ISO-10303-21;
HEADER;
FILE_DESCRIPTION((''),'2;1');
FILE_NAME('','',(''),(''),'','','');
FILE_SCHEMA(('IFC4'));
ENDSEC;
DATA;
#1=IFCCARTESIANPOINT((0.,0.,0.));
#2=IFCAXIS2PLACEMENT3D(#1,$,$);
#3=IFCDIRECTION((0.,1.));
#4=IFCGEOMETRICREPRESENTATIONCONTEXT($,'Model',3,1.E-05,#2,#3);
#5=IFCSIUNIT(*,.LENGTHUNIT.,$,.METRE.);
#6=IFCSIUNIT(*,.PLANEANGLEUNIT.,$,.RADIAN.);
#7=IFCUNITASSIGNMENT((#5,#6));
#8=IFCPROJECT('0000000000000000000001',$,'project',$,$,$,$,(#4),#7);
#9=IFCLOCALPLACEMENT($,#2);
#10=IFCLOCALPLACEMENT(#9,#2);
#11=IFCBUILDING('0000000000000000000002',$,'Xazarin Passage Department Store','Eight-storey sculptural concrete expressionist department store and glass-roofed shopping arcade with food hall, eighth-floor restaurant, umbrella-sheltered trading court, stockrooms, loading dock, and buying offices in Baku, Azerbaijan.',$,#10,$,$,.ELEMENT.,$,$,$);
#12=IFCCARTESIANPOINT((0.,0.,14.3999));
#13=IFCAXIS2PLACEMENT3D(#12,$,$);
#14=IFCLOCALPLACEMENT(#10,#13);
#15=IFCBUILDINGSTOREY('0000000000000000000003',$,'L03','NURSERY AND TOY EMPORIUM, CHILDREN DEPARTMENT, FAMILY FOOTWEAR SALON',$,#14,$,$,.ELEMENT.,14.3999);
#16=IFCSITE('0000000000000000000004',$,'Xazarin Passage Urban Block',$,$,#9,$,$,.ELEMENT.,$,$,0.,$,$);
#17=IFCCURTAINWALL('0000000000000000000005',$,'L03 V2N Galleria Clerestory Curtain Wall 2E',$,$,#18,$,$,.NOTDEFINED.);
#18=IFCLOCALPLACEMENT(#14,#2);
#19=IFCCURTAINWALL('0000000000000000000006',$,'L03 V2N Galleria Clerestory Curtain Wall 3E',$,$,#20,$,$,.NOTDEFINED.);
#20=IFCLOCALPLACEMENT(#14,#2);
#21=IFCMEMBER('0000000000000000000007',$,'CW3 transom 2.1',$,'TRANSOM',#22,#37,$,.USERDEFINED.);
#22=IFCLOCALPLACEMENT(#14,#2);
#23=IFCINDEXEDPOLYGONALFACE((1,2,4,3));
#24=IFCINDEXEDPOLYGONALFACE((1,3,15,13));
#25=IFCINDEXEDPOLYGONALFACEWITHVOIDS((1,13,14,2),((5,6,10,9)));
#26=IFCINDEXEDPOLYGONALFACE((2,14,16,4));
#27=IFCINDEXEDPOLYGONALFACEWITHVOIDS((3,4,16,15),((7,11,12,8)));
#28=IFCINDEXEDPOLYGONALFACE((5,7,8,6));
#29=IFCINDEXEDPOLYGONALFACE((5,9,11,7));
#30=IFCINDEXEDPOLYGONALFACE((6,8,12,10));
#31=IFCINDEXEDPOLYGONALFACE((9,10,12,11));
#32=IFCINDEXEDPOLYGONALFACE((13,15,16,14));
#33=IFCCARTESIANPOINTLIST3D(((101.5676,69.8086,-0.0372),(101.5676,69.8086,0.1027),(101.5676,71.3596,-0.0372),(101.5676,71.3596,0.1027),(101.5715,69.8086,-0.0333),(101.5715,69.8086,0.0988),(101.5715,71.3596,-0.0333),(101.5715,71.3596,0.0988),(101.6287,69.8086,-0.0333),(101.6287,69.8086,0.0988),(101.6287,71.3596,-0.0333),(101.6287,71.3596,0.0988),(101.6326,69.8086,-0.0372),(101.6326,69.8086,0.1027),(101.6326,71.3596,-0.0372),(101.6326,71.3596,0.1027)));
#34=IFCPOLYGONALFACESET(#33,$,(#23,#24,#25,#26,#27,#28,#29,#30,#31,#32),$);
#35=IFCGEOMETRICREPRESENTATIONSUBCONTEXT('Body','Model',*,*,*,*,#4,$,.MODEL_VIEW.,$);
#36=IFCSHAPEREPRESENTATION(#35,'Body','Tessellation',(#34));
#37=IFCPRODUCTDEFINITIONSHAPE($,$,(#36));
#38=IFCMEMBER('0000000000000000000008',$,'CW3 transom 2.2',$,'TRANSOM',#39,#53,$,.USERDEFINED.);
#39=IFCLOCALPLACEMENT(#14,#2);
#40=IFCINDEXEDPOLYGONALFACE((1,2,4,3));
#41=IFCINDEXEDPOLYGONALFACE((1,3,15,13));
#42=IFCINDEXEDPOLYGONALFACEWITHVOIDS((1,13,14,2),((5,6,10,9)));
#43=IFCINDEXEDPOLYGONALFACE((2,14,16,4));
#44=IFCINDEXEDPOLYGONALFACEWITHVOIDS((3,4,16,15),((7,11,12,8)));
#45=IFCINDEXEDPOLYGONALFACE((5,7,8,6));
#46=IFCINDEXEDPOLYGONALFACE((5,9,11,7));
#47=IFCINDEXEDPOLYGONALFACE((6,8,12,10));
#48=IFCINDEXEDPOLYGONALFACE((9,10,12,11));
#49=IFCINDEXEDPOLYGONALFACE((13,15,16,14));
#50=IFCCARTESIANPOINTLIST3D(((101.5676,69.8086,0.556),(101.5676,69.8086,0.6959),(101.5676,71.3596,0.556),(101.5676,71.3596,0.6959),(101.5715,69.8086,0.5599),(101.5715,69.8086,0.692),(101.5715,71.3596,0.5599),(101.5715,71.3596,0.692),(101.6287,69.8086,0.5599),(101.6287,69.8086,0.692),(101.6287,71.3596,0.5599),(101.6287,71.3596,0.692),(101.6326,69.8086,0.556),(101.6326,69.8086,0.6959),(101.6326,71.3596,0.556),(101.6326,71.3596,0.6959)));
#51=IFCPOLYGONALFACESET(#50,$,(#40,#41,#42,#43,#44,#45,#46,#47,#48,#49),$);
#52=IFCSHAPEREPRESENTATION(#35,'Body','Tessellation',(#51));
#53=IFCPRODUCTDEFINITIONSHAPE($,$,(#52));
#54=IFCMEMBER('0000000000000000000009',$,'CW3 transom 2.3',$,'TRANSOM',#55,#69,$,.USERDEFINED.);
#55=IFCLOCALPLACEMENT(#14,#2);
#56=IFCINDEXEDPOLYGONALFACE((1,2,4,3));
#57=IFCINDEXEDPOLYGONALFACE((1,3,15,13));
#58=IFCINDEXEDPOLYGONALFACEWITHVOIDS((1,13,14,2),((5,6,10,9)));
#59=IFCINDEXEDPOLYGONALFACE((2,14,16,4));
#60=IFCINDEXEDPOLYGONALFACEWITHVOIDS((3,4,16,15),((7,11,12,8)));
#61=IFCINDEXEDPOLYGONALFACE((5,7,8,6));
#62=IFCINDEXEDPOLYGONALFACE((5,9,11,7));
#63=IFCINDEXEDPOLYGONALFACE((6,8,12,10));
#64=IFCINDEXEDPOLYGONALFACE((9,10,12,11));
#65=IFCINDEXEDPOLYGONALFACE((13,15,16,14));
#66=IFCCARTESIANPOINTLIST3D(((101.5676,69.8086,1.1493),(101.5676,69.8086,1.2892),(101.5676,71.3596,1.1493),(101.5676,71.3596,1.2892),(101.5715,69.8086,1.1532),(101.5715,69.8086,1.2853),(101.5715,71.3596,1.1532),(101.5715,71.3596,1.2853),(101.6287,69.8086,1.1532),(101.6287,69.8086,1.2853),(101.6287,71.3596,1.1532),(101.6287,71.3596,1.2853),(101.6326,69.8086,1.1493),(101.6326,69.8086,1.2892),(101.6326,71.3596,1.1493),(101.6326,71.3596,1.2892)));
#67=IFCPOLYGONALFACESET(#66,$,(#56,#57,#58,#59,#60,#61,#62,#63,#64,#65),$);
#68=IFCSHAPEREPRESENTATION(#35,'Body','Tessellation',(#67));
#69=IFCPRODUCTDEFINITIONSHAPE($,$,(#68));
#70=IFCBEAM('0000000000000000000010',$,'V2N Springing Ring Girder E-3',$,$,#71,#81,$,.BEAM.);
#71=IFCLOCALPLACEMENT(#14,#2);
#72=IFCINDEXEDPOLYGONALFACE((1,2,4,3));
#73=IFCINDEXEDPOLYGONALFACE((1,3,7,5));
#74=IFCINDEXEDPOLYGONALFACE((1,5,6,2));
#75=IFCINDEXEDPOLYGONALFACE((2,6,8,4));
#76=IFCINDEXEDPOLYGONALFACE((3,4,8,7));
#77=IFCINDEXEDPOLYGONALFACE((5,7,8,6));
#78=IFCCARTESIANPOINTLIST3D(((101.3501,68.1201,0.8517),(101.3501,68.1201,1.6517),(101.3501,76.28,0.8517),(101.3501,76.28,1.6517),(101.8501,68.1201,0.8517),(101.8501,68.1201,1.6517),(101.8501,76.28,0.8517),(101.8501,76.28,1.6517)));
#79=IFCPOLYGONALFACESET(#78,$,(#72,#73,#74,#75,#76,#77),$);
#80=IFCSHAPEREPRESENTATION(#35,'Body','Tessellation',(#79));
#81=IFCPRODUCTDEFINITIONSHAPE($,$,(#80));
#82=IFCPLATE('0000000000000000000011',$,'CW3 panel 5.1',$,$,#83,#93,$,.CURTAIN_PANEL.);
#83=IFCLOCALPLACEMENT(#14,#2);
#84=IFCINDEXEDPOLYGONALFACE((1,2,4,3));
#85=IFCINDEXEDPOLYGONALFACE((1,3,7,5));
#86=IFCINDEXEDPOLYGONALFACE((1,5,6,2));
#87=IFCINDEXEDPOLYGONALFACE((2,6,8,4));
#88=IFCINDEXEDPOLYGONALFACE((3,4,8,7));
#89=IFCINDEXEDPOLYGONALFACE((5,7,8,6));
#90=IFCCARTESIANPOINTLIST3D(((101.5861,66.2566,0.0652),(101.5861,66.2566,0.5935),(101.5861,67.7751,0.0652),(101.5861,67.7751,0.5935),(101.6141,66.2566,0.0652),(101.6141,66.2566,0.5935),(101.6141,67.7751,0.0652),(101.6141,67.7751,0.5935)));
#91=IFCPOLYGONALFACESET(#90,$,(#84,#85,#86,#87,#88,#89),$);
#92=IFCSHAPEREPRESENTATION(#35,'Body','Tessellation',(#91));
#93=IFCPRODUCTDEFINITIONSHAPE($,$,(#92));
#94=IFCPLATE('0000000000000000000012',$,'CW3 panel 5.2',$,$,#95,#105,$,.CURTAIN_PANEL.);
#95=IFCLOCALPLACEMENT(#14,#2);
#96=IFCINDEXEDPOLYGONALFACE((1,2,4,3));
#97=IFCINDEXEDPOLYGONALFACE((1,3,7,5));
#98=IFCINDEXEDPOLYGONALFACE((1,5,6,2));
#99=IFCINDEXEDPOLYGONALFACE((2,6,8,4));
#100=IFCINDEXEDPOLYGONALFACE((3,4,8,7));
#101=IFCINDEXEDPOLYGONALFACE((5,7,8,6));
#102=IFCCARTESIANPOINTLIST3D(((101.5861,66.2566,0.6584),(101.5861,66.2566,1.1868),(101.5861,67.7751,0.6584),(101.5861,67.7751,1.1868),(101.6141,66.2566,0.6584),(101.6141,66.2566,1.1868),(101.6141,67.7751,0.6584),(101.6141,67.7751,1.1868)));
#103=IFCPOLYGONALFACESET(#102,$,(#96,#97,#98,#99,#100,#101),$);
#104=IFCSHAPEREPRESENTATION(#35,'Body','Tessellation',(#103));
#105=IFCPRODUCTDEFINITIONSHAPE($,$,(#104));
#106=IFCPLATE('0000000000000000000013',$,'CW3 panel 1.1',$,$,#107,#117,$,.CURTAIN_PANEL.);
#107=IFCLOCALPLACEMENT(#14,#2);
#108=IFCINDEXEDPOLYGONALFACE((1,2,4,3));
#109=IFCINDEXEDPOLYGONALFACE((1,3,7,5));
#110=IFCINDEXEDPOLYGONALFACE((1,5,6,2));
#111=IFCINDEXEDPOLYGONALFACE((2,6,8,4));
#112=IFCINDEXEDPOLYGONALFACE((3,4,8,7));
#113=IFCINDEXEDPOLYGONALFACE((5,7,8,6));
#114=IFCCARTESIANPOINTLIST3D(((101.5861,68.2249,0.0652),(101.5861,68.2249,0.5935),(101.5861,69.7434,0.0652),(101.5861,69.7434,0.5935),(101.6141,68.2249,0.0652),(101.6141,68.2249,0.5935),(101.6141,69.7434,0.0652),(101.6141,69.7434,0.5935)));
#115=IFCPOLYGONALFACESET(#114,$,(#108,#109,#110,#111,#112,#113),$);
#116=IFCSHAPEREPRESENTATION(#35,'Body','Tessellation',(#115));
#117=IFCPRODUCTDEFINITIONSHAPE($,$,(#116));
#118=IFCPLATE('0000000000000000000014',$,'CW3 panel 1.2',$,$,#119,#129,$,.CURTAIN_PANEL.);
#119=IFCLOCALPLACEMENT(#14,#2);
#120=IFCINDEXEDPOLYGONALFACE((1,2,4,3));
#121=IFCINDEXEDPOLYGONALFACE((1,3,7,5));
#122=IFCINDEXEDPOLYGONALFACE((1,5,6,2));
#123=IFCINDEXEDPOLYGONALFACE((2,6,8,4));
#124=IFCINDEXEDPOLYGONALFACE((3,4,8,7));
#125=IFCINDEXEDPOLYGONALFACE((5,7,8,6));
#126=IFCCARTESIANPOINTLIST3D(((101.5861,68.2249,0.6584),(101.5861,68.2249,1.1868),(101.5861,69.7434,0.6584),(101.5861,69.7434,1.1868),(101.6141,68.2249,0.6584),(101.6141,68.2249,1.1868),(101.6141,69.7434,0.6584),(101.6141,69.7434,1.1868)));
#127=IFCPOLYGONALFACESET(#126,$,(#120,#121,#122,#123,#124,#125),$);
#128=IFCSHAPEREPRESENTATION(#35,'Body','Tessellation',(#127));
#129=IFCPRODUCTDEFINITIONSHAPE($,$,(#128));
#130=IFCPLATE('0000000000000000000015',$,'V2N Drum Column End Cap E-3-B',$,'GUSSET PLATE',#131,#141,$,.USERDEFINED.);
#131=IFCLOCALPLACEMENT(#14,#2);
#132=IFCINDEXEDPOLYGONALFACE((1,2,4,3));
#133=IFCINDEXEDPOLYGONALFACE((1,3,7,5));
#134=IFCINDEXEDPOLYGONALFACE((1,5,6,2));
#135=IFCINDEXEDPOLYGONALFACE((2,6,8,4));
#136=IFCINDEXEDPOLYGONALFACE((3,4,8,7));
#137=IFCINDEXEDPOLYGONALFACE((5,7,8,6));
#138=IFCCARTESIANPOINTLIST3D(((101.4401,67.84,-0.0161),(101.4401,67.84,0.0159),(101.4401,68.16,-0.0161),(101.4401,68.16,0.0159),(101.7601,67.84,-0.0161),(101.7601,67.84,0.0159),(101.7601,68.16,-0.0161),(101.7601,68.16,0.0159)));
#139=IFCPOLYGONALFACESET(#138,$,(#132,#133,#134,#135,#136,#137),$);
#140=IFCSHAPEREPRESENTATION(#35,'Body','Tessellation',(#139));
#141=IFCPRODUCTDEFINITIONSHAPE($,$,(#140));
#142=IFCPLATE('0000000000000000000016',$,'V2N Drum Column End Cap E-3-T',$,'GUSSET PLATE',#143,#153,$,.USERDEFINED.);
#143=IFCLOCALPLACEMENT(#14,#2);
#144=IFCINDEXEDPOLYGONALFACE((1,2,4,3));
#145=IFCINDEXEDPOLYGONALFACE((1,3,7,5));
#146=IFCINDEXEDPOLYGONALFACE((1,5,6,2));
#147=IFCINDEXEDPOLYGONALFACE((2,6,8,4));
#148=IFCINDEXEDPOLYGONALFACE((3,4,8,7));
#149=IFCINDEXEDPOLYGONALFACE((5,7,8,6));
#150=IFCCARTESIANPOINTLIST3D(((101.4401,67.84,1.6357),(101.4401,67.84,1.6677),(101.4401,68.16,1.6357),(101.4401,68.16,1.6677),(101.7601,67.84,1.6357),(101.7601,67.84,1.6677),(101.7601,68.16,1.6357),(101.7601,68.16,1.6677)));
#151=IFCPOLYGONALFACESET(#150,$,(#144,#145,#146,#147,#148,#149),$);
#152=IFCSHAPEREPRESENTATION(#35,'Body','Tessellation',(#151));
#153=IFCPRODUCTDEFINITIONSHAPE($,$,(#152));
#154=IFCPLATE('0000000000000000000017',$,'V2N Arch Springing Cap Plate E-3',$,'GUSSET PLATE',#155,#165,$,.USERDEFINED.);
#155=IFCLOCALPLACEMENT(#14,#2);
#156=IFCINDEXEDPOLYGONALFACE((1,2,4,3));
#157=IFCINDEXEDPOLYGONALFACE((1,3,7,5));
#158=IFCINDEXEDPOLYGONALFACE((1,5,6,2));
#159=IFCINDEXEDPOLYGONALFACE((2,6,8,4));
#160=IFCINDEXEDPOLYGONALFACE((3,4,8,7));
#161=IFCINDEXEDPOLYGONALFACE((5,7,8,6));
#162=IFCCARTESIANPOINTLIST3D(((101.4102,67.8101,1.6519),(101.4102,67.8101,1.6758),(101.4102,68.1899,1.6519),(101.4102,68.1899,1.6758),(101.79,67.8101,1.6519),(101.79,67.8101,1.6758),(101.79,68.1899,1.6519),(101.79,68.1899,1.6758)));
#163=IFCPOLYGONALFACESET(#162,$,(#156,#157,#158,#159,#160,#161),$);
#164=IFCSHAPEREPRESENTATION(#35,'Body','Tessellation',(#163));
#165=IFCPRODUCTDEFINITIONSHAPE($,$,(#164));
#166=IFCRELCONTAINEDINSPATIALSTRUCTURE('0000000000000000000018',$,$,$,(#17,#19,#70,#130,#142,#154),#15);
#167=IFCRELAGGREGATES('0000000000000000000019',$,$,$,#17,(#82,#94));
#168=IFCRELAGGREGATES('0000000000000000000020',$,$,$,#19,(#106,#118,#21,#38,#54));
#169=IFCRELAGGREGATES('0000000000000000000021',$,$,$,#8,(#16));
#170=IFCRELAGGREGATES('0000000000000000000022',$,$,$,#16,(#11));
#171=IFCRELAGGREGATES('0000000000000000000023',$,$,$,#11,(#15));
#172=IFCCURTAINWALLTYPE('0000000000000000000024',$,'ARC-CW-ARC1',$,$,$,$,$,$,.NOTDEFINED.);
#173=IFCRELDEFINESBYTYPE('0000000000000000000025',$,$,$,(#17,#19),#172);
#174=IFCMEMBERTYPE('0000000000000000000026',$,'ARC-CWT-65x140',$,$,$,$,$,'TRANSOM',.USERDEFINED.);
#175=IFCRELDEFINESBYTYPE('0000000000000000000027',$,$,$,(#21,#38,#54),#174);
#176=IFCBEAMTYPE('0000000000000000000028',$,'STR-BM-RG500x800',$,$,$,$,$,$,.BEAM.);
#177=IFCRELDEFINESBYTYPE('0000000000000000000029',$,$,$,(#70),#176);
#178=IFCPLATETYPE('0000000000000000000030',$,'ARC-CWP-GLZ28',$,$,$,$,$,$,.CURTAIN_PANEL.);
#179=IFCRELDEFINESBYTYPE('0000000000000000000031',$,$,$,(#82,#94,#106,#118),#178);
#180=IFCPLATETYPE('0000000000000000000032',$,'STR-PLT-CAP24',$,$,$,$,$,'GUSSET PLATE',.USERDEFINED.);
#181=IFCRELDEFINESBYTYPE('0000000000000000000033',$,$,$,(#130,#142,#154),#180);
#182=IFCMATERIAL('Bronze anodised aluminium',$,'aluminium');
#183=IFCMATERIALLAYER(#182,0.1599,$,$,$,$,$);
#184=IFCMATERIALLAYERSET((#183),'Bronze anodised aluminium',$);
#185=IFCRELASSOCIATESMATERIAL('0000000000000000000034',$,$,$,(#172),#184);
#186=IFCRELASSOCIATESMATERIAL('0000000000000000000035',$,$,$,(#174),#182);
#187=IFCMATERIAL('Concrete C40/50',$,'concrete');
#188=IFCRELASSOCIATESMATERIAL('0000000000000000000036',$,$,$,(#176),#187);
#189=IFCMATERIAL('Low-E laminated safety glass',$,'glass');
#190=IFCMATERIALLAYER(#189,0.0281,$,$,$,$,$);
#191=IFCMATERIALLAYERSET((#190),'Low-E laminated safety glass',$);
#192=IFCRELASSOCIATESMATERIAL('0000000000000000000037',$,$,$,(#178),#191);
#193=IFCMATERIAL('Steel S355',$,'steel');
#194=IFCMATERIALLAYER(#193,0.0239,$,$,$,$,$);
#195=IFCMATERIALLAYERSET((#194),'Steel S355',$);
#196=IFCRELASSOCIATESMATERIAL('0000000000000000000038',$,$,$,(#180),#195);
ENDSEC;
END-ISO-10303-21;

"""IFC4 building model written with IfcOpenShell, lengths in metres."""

from ifc_helpers import new_model, si_unit, direction, frame, origin, origin_2d, place, context, subcontext, project, spatial, rectangle, hollow_rectangle, extrude, material, layer, layer_set, material_profile, profile_set, type_object, element, aggregate, save


model = new_model("IFC4")

# Units and contexts
model_context = context("Model", 3, precision=1e-05, world=origin(), true_north=direction((0.0, 1.0)))
body_context = subcontext(model_context, "Body", "Model", "MODEL_VIEW")
ifc_project = project(units=[si_unit("LENGTHUNIT", "METRE"), si_unit("PLANEANGLEUNIT", "RADIAN")], contexts=[model_context])

# Site, building, storey
site_placement = place(None, origin())
site = spatial("IfcSite", under=ifc_project, at=site_placement, Name="Xazarin Passage Urban Block", CompositionType="ELEMENT", RefElevation=0.0)
building_placement = place(site_placement, origin())
building = spatial("IfcBuilding", under=site, at=building_placement, Name="Xazarin Passage Department Store", Description="Eight-storey sculptural concrete expressionist department store and glass-roofed shopping arcade with food hall, eighth-floor restaurant, umbrella-sheltered trading court, stockrooms, loading dock, and buying offices in Baku, Azerbaijan.", CompositionType="ELEMENT")
storey_placement = place(building_placement, frame((0.0, 0.0, 14.3999)))
storey = spatial("IfcBuildingStorey", under=building, at=storey_placement, Name="L03", Description="NURSERY AND TOY EMPORIUM, CHILDREN DEPARTMENT, FAMILY FOOTWEAR SALON", CompositionType="ELEMENT", Elevation=14.3999)

# Shared definitions
ifc_material_1 = material(Name="Steel S355", Category="steel")

# Curtain wall
ifc_material_2 = material(Name="Bronze anodised aluminium", Category="aluminium")
ifc_layer_1 = layer(ifc_material_2, 0.1599)
ifc_layer_set_1 = layer_set([ifc_layer_1], Name="Bronze anodised aluminium")
curtain_wall_type = type_object("IfcCurtainWallType", Name="ARC-CW-ARC1", PredefinedType="NOTDEFINED", material=ifc_layer_set_1)
curtain_wall_1_placement = place(storey_placement, origin())
curtain_wall_1 = element("IfcCurtainWall", 1, at=curtain_wall_1_placement, inside=storey, type_object=curtain_wall_type, Name="L03 V2N Galleria Clerestory Curtain Wall 2E", PredefinedType="NOTDEFINED")

# Curtain wall
curtain_wall_2_placement = place(storey_placement, origin())
curtain_wall_2 = element("IfcCurtainWall", 2, at=curtain_wall_2_placement, inside=storey, type_object=curtain_wall_type, Name="L03 V2N Galleria Clerestory Curtain Wall 3E", PredefinedType="NOTDEFINED")

# Members
ifc_material_profile_1 = material_profile(ifc_material_2, hollow_rectangle(XDim=0.0649, YDim=0.1399, WallThickness=0.0039, at=origin_2d()), Name="ALU 65x140")
ifc_profile_set_1 = profile_set([ifc_material_profile_1], Name="Bronze anodised aluminium")
member_type_1 = type_object("IfcMemberType", Name="ARC-CWT-65x140", ElementType="TRANSOM", PredefinedType="USERDEFINED", material=ifc_profile_set_1)
member_1_placement = place(storey_placement, frame((101.6001, 69.8086, 0.0327), z_axis=(0.0, 1.0, 0.0), x_axis=(-1.0, 0.0, 0.0)))
member_1 = element("IfcMember", 3, at=member_1_placement, type_object=member_type_1, Name="CW3 transom 2.1", ObjectType="TRANSOM", PredefinedType="USERDEFINED", context=body_context, shape_type="SweptSolid", body=[
    extrude(hollow_rectangle(XDim=0.0649, YDim=0.1399, WallThickness=0.0039, at=origin_2d()), origin(), (0.0, 0.0, 1.0), 1.551),
])
member_2_placement = place(storey_placement, frame((101.6001, 69.8086, 0.626), z_axis=(0.0, 1.0, 0.0), x_axis=(-1.0, 0.0, 0.0)))
member_2 = element("IfcMember", 4, at=member_2_placement, type_object=member_type_1, Name="CW3 transom 2.2", ObjectType="TRANSOM", PredefinedType="USERDEFINED", context=body_context, shape_type="SweptSolid", body=[
    extrude(hollow_rectangle(XDim=0.0649, YDim=0.1399, WallThickness=0.0039, at=origin_2d()), origin(), (0.0, 0.0, 1.0), 1.551),
])
member_3_placement = place(storey_placement, frame((101.6001, 69.8086, 1.2192), z_axis=(0.0, 1.0, 0.0), x_axis=(-1.0, 0.0, 0.0)))
member_3 = element("IfcMember", 5, at=member_3_placement, type_object=member_type_1, Name="CW3 transom 2.3", ObjectType="TRANSOM", PredefinedType="USERDEFINED", context=body_context, shape_type="SweptSolid", body=[
    extrude(hollow_rectangle(XDim=0.0649, YDim=0.1399, WallThickness=0.0039, at=origin_2d()), origin(), (0.0, 0.0, 1.0), 1.551),
])

# Beam
ifc_material_3 = material(Name="Concrete C40/50", Category="concrete")
ifc_material_profile_2 = material_profile(ifc_material_3, rectangle(XDim=0.5, YDim=0.8, at=origin_2d()), Name="RC 500x800")
ifc_profile_set_2 = profile_set([ifc_material_profile_2], Name="Concrete C40/50")
beam_type = type_object("IfcBeamType", Name="STR-BM-RG500x800", PredefinedType="BEAM", material=ifc_profile_set_2)
beam_placement = place(storey_placement, frame((101.6001, 68.1201, 1.2517), z_axis=(0.0, 1.0, 0.0), x_axis=(-1.0, 0.0, 0.0)))
element("IfcBeam", 6, at=beam_placement, inside=storey, type_object=beam_type, Name="V2N Springing Ring Girder E-3", PredefinedType="BEAM", context=body_context, shape_type="SweptSolid", body=[
    extrude(rectangle(XDim=0.5, YDim=0.8, at=origin_2d()), origin(), (0.0, 0.0, 1.0), 8.1599),
])

# Plates
ifc_material_4 = material(Name="Low-E laminated safety glass", Category="glass")
ifc_layer_2 = layer(ifc_material_4, 0.0281)
ifc_layer_set_2 = layer_set([ifc_layer_2], Name="Low-E laminated safety glass")
plate_type_1 = type_object("IfcPlateType", Name="ARC-CWP-GLZ28", PredefinedType="CURTAIN_PANEL", material=ifc_layer_set_2)
plate_1_placement = place(storey_placement, frame((101.6001, 67.0159, 0.0652), z_axis=(0.0, 0.0, 1.0), x_axis=(0.0, 1.0, 0.0)))
plate_1 = element("IfcPlate", 7, at=plate_1_placement, type_object=plate_type_1, Name="CW3 panel 5.1", PredefinedType="CURTAIN_PANEL", context=body_context, shape_type="SweptSolid", body=[
    extrude(rectangle(XDim=1.5186, YDim=0.0281, at=origin_2d()), origin(), (0.0, 0.0, 1.0), 0.5283),
])
plate_2_placement = place(storey_placement, frame((101.6001, 67.0159, 0.6584), z_axis=(0.0, 0.0, 1.0), x_axis=(0.0, 1.0, 0.0)))
plate_2 = element("IfcPlate", 8, at=plate_2_placement, type_object=plate_type_1, Name="CW3 panel 5.2", PredefinedType="CURTAIN_PANEL", context=body_context, shape_type="SweptSolid", body=[
    extrude(rectangle(XDim=1.5186, YDim=0.0281, at=origin_2d()), origin(), (0.0, 0.0, 1.0), 0.5283),
])
aggregate(curtain_wall_1, [plate_1, plate_2])
plate_3_placement = place(storey_placement, frame((101.6001, 68.9841, 0.0652), z_axis=(0.0, 0.0, 1.0), x_axis=(0.0, 1.0, 0.0)))
plate_3 = element("IfcPlate", 9, at=plate_3_placement, type_object=plate_type_1, Name="CW3 panel 1.1", PredefinedType="CURTAIN_PANEL", context=body_context, shape_type="SweptSolid", body=[
    extrude(rectangle(XDim=1.5186, YDim=0.0281, at=origin_2d()), origin(), (0.0, 0.0, 1.0), 0.5283),
])
plate_4_placement = place(storey_placement, frame((101.6001, 68.9841, 0.6584), z_axis=(0.0, 0.0, 1.0), x_axis=(0.0, 1.0, 0.0)))
plate_4 = element("IfcPlate", 10, at=plate_4_placement, type_object=plate_type_1, Name="CW3 panel 1.2", PredefinedType="CURTAIN_PANEL", context=body_context, shape_type="SweptSolid", body=[
    extrude(rectangle(XDim=1.5186, YDim=0.0281, at=origin_2d()), origin(), (0.0, 0.0, 1.0), 0.5283),
])
aggregate(curtain_wall_2, [plate_3, plate_4, member_1, member_2, member_3])

# Plates
ifc_layer_3 = layer(ifc_material_1, 0.0239)
ifc_layer_set_3 = layer_set([ifc_layer_3], Name="Steel S355")
plate_type_2 = type_object("IfcPlateType", Name="STR-PLT-CAP24", ElementType="GUSSET PLATE", PredefinedType="USERDEFINED", material=ifc_layer_set_3)
for number, where, z_axis, x_axis, name in (
    (11, (101.6001, 68.0, -0.0161), (0.0, 0.0, 1.0), (1.0, 0.0, 0.0), "V2N Drum Column End Cap E-3-B"),
    (12, (101.6001, 68.0, 1.6357), (0.0, 0.0, 1.0), (1.0, 0.0, 0.0), "V2N Drum Column End Cap E-3-T"),
):
    element("IfcPlate", number, at=place(storey_placement, frame(where, z_axis=z_axis, x_axis=x_axis)), inside=storey, type_object=plate_type_2, Name=name, ObjectType="GUSSET PLATE", PredefinedType="USERDEFINED", context=body_context, shape_type="SweptSolid", body=[
        extrude(rectangle(XDim=0.3201, YDim=0.3201, at=origin_2d()), origin(), (0.0, 0.0, 1.0), 0.032),
    ])
plate_5_placement = place(storey_placement, frame((101.6001, 68.0, 1.6519), z_axis=(0.0, 0.0, 1.0), x_axis=(1.0, 0.0, 0.0)))
element("IfcPlate", 13, at=plate_5_placement, inside=storey, type_object=plate_type_2, Name="V2N Arch Springing Cap Plate E-3", ObjectType="GUSSET PLATE", PredefinedType="USERDEFINED", context=body_context, shape_type="SweptSolid", body=[
    extrude(rectangle(XDim=0.3799, YDim=0.3799, at=origin_2d()), origin(), (0.0, 0.0, 1.0), 0.0239),
])

save(model, "model.ifc")
